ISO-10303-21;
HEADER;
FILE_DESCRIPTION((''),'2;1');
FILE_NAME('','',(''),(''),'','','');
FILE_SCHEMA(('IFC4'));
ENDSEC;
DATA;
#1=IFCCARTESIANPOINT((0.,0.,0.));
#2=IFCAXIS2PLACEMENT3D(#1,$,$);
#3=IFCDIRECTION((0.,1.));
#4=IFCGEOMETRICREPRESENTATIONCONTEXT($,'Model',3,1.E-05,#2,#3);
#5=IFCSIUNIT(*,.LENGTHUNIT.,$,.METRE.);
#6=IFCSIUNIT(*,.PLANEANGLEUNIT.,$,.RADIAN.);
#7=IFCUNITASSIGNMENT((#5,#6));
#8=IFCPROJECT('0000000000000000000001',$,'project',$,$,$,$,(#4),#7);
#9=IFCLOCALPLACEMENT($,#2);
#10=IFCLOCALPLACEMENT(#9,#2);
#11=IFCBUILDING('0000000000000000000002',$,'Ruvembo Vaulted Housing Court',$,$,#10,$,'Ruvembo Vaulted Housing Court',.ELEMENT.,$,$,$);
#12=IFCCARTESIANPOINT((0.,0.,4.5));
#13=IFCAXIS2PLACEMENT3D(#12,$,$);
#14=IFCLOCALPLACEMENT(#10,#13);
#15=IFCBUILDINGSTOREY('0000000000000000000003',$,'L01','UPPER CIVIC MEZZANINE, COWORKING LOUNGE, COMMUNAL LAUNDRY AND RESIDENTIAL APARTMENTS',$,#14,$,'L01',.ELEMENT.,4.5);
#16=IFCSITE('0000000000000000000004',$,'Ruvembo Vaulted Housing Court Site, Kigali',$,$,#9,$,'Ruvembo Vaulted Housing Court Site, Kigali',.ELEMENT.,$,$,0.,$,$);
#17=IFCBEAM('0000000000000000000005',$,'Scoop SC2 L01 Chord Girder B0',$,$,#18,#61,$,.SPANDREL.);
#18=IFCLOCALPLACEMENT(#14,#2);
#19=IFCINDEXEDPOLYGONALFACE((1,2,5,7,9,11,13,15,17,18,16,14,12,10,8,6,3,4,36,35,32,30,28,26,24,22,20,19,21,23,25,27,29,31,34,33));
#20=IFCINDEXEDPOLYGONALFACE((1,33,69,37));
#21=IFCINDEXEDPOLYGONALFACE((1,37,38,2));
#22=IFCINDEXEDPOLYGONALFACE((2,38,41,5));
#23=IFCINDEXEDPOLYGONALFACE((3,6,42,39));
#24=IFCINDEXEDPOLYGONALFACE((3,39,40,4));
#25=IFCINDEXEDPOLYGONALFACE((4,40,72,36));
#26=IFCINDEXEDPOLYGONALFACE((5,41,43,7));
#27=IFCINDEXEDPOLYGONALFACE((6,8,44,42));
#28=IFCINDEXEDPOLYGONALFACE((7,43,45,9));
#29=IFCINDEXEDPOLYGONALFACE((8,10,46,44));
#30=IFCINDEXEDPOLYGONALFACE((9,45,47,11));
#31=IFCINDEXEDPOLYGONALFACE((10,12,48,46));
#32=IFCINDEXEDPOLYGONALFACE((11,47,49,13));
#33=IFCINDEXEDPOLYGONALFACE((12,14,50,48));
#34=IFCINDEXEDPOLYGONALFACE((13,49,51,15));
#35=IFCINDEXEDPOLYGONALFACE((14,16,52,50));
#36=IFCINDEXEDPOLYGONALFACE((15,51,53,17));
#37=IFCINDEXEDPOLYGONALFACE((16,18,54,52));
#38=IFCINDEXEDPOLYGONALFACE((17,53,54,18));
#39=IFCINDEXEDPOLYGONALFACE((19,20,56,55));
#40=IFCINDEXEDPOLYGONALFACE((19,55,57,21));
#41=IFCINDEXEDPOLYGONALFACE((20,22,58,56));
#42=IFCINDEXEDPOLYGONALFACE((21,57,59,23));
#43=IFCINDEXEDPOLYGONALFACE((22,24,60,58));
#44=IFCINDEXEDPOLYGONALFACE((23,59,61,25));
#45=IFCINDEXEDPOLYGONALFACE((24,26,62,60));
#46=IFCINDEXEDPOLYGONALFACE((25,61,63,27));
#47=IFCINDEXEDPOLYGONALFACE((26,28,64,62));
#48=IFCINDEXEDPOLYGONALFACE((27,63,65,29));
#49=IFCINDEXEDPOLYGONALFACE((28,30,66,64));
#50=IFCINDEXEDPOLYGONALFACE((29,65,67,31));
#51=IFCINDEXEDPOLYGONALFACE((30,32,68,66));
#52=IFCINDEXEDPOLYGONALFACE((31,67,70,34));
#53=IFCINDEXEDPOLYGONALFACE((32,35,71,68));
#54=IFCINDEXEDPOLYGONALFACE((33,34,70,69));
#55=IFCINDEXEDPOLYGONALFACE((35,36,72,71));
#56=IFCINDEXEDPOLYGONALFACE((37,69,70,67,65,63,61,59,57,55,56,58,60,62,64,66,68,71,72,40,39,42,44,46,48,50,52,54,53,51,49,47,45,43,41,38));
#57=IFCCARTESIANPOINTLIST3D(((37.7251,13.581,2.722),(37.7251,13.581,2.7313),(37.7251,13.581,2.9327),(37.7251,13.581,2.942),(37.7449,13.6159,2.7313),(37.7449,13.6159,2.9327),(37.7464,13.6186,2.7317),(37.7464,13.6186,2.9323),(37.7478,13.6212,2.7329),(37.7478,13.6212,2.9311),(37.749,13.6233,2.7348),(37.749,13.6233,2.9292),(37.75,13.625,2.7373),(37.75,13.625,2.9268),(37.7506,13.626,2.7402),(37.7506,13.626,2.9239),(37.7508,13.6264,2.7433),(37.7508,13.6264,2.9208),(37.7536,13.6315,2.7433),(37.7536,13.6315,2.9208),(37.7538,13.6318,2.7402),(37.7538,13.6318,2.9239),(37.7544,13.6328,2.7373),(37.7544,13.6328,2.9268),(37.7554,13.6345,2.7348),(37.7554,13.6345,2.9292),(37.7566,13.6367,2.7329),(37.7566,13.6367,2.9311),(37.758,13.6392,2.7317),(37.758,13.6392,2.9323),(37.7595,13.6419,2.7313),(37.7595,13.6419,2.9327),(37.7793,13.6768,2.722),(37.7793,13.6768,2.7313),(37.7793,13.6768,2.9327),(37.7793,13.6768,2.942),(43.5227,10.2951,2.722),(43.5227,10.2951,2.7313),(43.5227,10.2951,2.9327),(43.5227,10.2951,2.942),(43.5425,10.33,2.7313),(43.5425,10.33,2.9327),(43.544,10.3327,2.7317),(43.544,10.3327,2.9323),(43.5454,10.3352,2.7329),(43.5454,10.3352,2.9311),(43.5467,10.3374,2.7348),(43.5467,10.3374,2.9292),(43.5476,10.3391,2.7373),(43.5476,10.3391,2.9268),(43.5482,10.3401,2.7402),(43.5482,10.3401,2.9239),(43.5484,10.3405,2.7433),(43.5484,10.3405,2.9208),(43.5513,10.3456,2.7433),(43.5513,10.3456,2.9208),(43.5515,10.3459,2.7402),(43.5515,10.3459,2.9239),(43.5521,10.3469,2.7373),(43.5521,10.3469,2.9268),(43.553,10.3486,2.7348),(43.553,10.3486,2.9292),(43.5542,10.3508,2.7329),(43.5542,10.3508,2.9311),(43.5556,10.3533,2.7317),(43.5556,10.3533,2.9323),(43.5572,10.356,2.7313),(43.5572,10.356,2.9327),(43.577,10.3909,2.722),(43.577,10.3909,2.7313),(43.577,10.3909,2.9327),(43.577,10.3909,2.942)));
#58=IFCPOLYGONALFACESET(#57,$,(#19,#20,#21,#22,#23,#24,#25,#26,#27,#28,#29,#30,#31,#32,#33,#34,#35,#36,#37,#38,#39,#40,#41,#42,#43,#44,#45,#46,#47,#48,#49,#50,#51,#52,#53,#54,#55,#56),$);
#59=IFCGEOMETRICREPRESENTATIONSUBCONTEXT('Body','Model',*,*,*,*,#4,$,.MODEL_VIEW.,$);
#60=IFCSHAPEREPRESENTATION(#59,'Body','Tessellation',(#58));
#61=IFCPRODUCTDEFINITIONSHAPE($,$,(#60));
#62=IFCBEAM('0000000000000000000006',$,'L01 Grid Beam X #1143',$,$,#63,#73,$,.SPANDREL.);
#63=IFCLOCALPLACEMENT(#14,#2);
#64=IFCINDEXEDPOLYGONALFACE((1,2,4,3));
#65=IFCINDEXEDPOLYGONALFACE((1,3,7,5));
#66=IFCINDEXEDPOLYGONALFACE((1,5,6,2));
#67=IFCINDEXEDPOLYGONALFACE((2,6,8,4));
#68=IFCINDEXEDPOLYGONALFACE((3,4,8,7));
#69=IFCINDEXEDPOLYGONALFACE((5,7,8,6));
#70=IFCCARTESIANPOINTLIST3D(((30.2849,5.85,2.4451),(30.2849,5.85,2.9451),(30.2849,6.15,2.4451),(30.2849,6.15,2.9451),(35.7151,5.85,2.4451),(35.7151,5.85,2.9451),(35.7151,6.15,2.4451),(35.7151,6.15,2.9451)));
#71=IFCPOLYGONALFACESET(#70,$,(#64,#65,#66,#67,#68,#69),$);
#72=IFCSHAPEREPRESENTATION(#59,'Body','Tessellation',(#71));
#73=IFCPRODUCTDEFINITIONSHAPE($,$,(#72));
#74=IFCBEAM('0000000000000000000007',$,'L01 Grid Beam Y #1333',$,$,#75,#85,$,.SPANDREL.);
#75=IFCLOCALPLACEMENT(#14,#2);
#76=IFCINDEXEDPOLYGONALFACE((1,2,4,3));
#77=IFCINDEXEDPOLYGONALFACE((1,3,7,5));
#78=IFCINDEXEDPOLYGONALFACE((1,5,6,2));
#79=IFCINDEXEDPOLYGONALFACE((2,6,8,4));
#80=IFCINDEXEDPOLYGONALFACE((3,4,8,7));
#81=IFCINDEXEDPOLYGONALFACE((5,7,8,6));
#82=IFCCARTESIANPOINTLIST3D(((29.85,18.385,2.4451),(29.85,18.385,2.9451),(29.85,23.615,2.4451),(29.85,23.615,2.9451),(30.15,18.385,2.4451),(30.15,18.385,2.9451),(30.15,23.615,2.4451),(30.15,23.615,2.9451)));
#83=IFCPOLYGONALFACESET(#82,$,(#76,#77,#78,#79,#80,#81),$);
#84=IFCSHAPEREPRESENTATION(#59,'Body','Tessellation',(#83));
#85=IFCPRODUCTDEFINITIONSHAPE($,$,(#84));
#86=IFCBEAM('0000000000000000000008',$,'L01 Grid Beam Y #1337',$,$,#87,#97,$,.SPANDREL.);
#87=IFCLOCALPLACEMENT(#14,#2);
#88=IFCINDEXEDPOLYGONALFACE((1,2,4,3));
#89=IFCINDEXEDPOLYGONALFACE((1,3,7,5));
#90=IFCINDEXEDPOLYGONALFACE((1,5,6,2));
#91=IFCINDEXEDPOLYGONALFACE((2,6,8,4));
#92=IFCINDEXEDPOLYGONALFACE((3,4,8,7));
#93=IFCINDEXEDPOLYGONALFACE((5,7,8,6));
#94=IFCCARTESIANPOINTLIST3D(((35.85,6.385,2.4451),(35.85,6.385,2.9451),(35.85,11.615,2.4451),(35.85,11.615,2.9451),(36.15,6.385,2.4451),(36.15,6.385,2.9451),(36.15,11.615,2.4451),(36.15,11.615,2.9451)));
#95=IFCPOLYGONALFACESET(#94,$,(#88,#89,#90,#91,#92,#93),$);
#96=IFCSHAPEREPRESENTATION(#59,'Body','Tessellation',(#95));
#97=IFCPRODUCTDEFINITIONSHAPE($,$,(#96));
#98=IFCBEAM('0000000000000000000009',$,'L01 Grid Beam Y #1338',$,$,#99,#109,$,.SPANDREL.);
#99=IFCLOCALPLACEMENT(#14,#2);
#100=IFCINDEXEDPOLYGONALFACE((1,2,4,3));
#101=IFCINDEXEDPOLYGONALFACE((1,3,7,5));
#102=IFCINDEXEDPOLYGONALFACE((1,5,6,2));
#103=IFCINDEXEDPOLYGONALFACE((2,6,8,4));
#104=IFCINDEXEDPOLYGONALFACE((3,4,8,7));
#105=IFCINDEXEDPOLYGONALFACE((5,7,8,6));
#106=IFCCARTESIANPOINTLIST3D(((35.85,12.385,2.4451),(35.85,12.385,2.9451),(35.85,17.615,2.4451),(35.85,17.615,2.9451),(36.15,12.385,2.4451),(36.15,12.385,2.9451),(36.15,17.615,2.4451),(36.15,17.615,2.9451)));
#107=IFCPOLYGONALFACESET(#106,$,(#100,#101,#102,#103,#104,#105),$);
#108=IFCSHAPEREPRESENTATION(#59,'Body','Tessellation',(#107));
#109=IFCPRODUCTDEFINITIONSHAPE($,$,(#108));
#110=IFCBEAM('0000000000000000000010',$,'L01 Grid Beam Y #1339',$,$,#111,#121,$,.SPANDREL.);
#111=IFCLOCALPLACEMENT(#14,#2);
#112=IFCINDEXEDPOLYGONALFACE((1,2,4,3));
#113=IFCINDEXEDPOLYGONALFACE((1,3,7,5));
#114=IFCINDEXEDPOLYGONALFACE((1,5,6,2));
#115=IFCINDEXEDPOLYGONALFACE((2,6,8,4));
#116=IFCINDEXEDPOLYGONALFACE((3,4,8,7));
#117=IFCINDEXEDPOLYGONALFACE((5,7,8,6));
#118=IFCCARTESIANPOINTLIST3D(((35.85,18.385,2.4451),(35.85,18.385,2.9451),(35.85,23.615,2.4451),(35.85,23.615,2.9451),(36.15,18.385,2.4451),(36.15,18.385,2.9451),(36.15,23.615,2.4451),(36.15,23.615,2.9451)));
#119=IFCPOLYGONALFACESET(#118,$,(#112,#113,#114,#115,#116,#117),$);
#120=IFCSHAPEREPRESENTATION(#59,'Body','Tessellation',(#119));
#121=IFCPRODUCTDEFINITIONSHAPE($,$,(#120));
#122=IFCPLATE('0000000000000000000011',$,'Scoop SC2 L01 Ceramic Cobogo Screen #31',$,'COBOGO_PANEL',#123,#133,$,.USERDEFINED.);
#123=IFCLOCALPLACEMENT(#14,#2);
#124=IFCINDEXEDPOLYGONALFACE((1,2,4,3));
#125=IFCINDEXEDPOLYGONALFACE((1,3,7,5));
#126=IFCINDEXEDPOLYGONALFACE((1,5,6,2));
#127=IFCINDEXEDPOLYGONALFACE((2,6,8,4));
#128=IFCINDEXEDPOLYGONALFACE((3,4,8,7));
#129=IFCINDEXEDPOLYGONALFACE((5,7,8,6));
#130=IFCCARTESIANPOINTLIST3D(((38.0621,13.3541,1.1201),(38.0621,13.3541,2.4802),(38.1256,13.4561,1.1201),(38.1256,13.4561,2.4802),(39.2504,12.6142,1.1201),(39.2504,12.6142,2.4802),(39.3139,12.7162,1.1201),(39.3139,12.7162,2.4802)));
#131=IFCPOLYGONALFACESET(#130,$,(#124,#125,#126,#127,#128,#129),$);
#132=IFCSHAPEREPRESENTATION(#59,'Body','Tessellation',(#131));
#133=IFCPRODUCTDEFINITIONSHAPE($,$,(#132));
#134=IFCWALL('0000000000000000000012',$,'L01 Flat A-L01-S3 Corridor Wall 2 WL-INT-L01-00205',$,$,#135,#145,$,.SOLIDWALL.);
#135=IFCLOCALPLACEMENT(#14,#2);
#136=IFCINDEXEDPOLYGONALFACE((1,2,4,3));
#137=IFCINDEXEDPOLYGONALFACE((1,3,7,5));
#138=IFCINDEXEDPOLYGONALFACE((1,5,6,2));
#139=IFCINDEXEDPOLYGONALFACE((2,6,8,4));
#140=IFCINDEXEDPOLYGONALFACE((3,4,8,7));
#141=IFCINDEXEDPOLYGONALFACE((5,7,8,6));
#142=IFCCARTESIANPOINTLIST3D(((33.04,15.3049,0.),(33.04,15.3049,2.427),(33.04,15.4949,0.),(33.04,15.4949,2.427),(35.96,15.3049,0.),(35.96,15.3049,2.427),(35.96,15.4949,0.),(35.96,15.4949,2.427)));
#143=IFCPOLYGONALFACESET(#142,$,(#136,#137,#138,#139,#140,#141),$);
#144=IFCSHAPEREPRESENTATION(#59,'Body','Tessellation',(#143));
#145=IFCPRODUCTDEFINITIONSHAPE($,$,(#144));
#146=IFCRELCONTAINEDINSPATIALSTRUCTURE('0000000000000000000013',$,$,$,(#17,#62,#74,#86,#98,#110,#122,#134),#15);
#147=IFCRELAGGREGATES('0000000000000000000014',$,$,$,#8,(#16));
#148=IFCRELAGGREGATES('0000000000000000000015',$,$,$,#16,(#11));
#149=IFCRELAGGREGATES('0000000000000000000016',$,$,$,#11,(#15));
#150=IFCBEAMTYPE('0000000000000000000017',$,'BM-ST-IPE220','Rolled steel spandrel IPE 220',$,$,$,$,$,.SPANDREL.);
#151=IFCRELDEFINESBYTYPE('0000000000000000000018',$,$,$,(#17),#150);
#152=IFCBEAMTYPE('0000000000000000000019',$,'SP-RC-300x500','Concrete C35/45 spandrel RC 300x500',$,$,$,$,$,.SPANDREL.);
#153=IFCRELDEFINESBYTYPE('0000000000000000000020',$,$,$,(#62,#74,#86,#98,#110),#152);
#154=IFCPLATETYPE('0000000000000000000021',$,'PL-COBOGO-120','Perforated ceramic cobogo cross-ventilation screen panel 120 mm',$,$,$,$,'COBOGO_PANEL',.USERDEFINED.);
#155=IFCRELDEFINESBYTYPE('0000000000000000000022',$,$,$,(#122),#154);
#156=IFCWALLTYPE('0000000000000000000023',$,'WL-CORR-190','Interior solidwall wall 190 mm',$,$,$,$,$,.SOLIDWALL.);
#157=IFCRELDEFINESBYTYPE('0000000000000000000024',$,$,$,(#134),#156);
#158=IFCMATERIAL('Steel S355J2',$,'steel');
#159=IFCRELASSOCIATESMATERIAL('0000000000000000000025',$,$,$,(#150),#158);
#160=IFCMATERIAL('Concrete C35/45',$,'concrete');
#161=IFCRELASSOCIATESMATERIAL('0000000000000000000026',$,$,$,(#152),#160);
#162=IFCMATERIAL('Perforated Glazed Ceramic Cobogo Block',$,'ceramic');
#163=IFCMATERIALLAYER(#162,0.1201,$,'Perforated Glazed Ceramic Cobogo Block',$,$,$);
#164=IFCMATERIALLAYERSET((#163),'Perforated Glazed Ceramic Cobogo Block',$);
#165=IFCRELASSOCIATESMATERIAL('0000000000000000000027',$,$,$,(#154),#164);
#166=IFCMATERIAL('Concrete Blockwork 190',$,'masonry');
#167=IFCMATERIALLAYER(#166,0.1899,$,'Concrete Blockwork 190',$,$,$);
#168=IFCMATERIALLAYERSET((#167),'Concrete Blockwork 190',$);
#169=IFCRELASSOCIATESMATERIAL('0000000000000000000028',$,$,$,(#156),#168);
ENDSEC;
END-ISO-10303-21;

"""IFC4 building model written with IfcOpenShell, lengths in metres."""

from ifc_helpers import new_model, si_unit, direction, frame, frame_2d, origin, origin_2d, place, context, subcontext, project, spatial, rectangle, i_section, extrude, material, layer, layer_set, material_profile, profile_set, type_object, element, save


model = new_model("IFC4")

# Units and contexts
model_context = context("Model", 3, precision=1e-05, world=origin(), true_north=direction((0.0, 1.0)))
body_context = subcontext(model_context, "Body", "Model", "MODEL_VIEW")
ifc_project = project(units=[si_unit("LENGTHUNIT", "METRE"), si_unit("PLANEANGLEUNIT", "RADIAN")], contexts=[model_context])

# Site, building, storey
site_placement = place(None, origin())
site = spatial("IfcSite", under=ifc_project, at=site_placement, Name="Ruvembo Vaulted Housing Court Site, Kigali", LongName="Ruvembo Vaulted Housing Court Site, Kigali", CompositionType="ELEMENT", RefElevation=0.0)
building_placement = place(site_placement, origin())
building = spatial("IfcBuilding", under=site, at=building_placement, Name="Ruvembo Vaulted Housing Court", LongName="Ruvembo Vaulted Housing Court", CompositionType="ELEMENT")
storey_placement = place(building_placement, frame((0.0, 0.0, 4.5)))
storey = spatial("IfcBuildingStorey", under=building, at=storey_placement, Name="L01", Description="UPPER CIVIC MEZZANINE, COWORKING LOUNGE, COMMUNAL LAUNDRY AND RESIDENTIAL APARTMENTS", LongName="L01", CompositionType="ELEMENT", Elevation=4.5)

# Beams
ifc_material_1 = material(Name="Concrete C35/45", Category="concrete")
ifc_material_2 = material(Name="Steel S355J2", Category="steel")
ifc_material_profile_1 = material_profile(ifc_material_2, i_section(OverallWidth=0.1101, OverallDepth=0.22, WebThickness=0.0059, FlangeThickness=0.0093, FilletRadius=0.012, at=origin_2d()), Name="IPE 220")
ifc_profile_set_1 = profile_set([ifc_material_profile_1], Name="Steel S355J2")
beam_type_1 = type_object("IfcBeamType", Name="BM-ST-IPE220", Description="Rolled steel spandrel IPE 220", PredefinedType="SPANDREL", material=ifc_profile_set_1)
beam_1_placement = place(storey_placement, frame((37.7522, 13.6289, 2.832), z_axis=(0.869985, -0.493078, 0.0), x_axis=(0.493078, 0.869985, 0.0)))
element("IfcBeam", 1, at=beam_1_placement, inside=storey, type_object=beam_type_1, Name="Scoop SC2 L01 Chord Girder B0", PredefinedType="SPANDREL", context=body_context, shape_type="SweptSolid", body=[
    extrude(i_section(OverallWidth=0.1101, OverallDepth=0.22, WebThickness=0.0059, FlangeThickness=0.0093, FilletRadius=0.012, at=origin_2d()), origin(), (0.0, 0.0, 1.0), 6.6641),
])
ifc_material_profile_2 = material_profile(ifc_material_1, rectangle(XDim=0.3, YDim=0.5, at=origin_2d()), Name="RC 300x500")
ifc_profile_set_2 = profile_set([ifc_material_profile_2], Name="Concrete C35/45")
beam_type_2 = type_object("IfcBeamType", Name="SP-RC-300x500", Description="Concrete C35/45 spandrel RC 300x500", PredefinedType="SPANDREL", material=ifc_profile_set_2)
beam_2_placement = place(storey_placement, frame((30.2849, 6.0, 2.6951), z_axis=(1.0, 0.0, 0.0), x_axis=(0.0, 1.0, 0.0)))
element("IfcBeam", 2, at=beam_2_placement, inside=storey, type_object=beam_type_2, Name="L01 Grid Beam X #1143", PredefinedType="SPANDREL", context=body_context, shape_type="SweptSolid", body=[
    extrude(rectangle(XDim=0.3, YDim=0.5, at=origin_2d()), origin(), (0.0, 0.0, 1.0), 5.4302),
])
for number, where, z_axis, x_axis, name in (
    (3, (30.0, 18.385, 2.6951), (0.0, 1.0, 0.0), (-1.0, 0.0, 0.0), "L01 Grid Beam Y #1333"),
    (4, (36.0, 6.385, 2.6951), (0.0, 1.0, 0.0), (-1.0, 0.0, 0.0), "L01 Grid Beam Y #1337"),
    (5, (36.0, 12.385, 2.6951), (0.0, 1.0, 0.0), (-1.0, 0.0, 0.0), "L01 Grid Beam Y #1338"),
    (6, (36.0, 18.385, 2.6951), (0.0, 1.0, 0.0), (-1.0, 0.0, 0.0), "L01 Grid Beam Y #1339"),
):
    element("IfcBeam", number, at=place(storey_placement, frame(where, z_axis=z_axis, x_axis=x_axis)), inside=storey, type_object=beam_type_2, Name=name, PredefinedType="SPANDREL", context=body_context, shape_type="SweptSolid", body=[
        extrude(rectangle(XDim=0.3, YDim=0.5, at=origin_2d()), origin(), (0.0, 0.0, 1.0), 5.23),
    ])

# Plate
ifc_material_3 = material(Name="Perforated Glazed Ceramic Cobogo Block", Category="ceramic")
ifc_layer_1 = layer(ifc_material_3, 0.1201, Name="Perforated Glazed Ceramic Cobogo Block")
ifc_layer_set_1 = layer_set([ifc_layer_1], Name="Perforated Glazed Ceramic Cobogo Block")
plate_type = type_object("IfcPlateType", Name="PL-COBOGO-120", Description="Perforated ceramic cobogo cross-ventilation screen panel 120 mm", ElementType="COBOGO_PANEL", PredefinedType="USERDEFINED", material=ifc_layer_set_1)
plate_placement = place(storey_placement, frame((38.688, 13.0352, 1.1201), z_axis=(0.0, 0.0, 1.0), x_axis=(0.848889, -0.528572, 0.0)))
element("IfcPlate", 7, at=plate_placement, inside=storey, type_object=plate_type, Name="Scoop SC2 L01 Ceramic Cobogo Screen #31", ObjectType="COBOGO_PANEL", PredefinedType="USERDEFINED", context=body_context, shape_type="SweptSolid", body=[
    extrude(rectangle(XDim=1.3999, YDim=0.1201, at=origin_2d()), origin(), (0.0, 0.0, 1.0), 1.3601),
])

# Wall
ifc_material_4 = material(Name="Concrete Blockwork 190", Category="masonry")
ifc_layer_2 = layer(ifc_material_4, 0.1899, Name="Concrete Blockwork 190")
ifc_layer_set_2 = layer_set([ifc_layer_2], Name="Concrete Blockwork 190")
wall_type_1 = type_object("IfcWallType", Name="WL-CORR-190", Description="Interior solidwall wall 190 mm", PredefinedType="SOLIDWALL", material=ifc_layer_set_2)
wall_1_placement = place(storey_placement, frame((33.04, 15.3999, 0.0), z_axis=(0.0, 0.0, 1.0), x_axis=(1.0, 0.0, 0.0)))
element("IfcWall", 8, at=wall_1_placement, inside=storey, type_object=wall_type_1, Name="L01 Flat A-L01-S3 Corridor Wall 2 WL-INT-L01-00205", PredefinedType="SOLIDWALL", context=body_context, shape_type="SweptSolid", body=[
    extrude(rectangle(XDim=2.9199, YDim=0.1899, at=frame_2d((1.46, 0.0))), origin(), (0.0, 0.0, 1.0), 2.427),
])

save(model, "model.ifc")
